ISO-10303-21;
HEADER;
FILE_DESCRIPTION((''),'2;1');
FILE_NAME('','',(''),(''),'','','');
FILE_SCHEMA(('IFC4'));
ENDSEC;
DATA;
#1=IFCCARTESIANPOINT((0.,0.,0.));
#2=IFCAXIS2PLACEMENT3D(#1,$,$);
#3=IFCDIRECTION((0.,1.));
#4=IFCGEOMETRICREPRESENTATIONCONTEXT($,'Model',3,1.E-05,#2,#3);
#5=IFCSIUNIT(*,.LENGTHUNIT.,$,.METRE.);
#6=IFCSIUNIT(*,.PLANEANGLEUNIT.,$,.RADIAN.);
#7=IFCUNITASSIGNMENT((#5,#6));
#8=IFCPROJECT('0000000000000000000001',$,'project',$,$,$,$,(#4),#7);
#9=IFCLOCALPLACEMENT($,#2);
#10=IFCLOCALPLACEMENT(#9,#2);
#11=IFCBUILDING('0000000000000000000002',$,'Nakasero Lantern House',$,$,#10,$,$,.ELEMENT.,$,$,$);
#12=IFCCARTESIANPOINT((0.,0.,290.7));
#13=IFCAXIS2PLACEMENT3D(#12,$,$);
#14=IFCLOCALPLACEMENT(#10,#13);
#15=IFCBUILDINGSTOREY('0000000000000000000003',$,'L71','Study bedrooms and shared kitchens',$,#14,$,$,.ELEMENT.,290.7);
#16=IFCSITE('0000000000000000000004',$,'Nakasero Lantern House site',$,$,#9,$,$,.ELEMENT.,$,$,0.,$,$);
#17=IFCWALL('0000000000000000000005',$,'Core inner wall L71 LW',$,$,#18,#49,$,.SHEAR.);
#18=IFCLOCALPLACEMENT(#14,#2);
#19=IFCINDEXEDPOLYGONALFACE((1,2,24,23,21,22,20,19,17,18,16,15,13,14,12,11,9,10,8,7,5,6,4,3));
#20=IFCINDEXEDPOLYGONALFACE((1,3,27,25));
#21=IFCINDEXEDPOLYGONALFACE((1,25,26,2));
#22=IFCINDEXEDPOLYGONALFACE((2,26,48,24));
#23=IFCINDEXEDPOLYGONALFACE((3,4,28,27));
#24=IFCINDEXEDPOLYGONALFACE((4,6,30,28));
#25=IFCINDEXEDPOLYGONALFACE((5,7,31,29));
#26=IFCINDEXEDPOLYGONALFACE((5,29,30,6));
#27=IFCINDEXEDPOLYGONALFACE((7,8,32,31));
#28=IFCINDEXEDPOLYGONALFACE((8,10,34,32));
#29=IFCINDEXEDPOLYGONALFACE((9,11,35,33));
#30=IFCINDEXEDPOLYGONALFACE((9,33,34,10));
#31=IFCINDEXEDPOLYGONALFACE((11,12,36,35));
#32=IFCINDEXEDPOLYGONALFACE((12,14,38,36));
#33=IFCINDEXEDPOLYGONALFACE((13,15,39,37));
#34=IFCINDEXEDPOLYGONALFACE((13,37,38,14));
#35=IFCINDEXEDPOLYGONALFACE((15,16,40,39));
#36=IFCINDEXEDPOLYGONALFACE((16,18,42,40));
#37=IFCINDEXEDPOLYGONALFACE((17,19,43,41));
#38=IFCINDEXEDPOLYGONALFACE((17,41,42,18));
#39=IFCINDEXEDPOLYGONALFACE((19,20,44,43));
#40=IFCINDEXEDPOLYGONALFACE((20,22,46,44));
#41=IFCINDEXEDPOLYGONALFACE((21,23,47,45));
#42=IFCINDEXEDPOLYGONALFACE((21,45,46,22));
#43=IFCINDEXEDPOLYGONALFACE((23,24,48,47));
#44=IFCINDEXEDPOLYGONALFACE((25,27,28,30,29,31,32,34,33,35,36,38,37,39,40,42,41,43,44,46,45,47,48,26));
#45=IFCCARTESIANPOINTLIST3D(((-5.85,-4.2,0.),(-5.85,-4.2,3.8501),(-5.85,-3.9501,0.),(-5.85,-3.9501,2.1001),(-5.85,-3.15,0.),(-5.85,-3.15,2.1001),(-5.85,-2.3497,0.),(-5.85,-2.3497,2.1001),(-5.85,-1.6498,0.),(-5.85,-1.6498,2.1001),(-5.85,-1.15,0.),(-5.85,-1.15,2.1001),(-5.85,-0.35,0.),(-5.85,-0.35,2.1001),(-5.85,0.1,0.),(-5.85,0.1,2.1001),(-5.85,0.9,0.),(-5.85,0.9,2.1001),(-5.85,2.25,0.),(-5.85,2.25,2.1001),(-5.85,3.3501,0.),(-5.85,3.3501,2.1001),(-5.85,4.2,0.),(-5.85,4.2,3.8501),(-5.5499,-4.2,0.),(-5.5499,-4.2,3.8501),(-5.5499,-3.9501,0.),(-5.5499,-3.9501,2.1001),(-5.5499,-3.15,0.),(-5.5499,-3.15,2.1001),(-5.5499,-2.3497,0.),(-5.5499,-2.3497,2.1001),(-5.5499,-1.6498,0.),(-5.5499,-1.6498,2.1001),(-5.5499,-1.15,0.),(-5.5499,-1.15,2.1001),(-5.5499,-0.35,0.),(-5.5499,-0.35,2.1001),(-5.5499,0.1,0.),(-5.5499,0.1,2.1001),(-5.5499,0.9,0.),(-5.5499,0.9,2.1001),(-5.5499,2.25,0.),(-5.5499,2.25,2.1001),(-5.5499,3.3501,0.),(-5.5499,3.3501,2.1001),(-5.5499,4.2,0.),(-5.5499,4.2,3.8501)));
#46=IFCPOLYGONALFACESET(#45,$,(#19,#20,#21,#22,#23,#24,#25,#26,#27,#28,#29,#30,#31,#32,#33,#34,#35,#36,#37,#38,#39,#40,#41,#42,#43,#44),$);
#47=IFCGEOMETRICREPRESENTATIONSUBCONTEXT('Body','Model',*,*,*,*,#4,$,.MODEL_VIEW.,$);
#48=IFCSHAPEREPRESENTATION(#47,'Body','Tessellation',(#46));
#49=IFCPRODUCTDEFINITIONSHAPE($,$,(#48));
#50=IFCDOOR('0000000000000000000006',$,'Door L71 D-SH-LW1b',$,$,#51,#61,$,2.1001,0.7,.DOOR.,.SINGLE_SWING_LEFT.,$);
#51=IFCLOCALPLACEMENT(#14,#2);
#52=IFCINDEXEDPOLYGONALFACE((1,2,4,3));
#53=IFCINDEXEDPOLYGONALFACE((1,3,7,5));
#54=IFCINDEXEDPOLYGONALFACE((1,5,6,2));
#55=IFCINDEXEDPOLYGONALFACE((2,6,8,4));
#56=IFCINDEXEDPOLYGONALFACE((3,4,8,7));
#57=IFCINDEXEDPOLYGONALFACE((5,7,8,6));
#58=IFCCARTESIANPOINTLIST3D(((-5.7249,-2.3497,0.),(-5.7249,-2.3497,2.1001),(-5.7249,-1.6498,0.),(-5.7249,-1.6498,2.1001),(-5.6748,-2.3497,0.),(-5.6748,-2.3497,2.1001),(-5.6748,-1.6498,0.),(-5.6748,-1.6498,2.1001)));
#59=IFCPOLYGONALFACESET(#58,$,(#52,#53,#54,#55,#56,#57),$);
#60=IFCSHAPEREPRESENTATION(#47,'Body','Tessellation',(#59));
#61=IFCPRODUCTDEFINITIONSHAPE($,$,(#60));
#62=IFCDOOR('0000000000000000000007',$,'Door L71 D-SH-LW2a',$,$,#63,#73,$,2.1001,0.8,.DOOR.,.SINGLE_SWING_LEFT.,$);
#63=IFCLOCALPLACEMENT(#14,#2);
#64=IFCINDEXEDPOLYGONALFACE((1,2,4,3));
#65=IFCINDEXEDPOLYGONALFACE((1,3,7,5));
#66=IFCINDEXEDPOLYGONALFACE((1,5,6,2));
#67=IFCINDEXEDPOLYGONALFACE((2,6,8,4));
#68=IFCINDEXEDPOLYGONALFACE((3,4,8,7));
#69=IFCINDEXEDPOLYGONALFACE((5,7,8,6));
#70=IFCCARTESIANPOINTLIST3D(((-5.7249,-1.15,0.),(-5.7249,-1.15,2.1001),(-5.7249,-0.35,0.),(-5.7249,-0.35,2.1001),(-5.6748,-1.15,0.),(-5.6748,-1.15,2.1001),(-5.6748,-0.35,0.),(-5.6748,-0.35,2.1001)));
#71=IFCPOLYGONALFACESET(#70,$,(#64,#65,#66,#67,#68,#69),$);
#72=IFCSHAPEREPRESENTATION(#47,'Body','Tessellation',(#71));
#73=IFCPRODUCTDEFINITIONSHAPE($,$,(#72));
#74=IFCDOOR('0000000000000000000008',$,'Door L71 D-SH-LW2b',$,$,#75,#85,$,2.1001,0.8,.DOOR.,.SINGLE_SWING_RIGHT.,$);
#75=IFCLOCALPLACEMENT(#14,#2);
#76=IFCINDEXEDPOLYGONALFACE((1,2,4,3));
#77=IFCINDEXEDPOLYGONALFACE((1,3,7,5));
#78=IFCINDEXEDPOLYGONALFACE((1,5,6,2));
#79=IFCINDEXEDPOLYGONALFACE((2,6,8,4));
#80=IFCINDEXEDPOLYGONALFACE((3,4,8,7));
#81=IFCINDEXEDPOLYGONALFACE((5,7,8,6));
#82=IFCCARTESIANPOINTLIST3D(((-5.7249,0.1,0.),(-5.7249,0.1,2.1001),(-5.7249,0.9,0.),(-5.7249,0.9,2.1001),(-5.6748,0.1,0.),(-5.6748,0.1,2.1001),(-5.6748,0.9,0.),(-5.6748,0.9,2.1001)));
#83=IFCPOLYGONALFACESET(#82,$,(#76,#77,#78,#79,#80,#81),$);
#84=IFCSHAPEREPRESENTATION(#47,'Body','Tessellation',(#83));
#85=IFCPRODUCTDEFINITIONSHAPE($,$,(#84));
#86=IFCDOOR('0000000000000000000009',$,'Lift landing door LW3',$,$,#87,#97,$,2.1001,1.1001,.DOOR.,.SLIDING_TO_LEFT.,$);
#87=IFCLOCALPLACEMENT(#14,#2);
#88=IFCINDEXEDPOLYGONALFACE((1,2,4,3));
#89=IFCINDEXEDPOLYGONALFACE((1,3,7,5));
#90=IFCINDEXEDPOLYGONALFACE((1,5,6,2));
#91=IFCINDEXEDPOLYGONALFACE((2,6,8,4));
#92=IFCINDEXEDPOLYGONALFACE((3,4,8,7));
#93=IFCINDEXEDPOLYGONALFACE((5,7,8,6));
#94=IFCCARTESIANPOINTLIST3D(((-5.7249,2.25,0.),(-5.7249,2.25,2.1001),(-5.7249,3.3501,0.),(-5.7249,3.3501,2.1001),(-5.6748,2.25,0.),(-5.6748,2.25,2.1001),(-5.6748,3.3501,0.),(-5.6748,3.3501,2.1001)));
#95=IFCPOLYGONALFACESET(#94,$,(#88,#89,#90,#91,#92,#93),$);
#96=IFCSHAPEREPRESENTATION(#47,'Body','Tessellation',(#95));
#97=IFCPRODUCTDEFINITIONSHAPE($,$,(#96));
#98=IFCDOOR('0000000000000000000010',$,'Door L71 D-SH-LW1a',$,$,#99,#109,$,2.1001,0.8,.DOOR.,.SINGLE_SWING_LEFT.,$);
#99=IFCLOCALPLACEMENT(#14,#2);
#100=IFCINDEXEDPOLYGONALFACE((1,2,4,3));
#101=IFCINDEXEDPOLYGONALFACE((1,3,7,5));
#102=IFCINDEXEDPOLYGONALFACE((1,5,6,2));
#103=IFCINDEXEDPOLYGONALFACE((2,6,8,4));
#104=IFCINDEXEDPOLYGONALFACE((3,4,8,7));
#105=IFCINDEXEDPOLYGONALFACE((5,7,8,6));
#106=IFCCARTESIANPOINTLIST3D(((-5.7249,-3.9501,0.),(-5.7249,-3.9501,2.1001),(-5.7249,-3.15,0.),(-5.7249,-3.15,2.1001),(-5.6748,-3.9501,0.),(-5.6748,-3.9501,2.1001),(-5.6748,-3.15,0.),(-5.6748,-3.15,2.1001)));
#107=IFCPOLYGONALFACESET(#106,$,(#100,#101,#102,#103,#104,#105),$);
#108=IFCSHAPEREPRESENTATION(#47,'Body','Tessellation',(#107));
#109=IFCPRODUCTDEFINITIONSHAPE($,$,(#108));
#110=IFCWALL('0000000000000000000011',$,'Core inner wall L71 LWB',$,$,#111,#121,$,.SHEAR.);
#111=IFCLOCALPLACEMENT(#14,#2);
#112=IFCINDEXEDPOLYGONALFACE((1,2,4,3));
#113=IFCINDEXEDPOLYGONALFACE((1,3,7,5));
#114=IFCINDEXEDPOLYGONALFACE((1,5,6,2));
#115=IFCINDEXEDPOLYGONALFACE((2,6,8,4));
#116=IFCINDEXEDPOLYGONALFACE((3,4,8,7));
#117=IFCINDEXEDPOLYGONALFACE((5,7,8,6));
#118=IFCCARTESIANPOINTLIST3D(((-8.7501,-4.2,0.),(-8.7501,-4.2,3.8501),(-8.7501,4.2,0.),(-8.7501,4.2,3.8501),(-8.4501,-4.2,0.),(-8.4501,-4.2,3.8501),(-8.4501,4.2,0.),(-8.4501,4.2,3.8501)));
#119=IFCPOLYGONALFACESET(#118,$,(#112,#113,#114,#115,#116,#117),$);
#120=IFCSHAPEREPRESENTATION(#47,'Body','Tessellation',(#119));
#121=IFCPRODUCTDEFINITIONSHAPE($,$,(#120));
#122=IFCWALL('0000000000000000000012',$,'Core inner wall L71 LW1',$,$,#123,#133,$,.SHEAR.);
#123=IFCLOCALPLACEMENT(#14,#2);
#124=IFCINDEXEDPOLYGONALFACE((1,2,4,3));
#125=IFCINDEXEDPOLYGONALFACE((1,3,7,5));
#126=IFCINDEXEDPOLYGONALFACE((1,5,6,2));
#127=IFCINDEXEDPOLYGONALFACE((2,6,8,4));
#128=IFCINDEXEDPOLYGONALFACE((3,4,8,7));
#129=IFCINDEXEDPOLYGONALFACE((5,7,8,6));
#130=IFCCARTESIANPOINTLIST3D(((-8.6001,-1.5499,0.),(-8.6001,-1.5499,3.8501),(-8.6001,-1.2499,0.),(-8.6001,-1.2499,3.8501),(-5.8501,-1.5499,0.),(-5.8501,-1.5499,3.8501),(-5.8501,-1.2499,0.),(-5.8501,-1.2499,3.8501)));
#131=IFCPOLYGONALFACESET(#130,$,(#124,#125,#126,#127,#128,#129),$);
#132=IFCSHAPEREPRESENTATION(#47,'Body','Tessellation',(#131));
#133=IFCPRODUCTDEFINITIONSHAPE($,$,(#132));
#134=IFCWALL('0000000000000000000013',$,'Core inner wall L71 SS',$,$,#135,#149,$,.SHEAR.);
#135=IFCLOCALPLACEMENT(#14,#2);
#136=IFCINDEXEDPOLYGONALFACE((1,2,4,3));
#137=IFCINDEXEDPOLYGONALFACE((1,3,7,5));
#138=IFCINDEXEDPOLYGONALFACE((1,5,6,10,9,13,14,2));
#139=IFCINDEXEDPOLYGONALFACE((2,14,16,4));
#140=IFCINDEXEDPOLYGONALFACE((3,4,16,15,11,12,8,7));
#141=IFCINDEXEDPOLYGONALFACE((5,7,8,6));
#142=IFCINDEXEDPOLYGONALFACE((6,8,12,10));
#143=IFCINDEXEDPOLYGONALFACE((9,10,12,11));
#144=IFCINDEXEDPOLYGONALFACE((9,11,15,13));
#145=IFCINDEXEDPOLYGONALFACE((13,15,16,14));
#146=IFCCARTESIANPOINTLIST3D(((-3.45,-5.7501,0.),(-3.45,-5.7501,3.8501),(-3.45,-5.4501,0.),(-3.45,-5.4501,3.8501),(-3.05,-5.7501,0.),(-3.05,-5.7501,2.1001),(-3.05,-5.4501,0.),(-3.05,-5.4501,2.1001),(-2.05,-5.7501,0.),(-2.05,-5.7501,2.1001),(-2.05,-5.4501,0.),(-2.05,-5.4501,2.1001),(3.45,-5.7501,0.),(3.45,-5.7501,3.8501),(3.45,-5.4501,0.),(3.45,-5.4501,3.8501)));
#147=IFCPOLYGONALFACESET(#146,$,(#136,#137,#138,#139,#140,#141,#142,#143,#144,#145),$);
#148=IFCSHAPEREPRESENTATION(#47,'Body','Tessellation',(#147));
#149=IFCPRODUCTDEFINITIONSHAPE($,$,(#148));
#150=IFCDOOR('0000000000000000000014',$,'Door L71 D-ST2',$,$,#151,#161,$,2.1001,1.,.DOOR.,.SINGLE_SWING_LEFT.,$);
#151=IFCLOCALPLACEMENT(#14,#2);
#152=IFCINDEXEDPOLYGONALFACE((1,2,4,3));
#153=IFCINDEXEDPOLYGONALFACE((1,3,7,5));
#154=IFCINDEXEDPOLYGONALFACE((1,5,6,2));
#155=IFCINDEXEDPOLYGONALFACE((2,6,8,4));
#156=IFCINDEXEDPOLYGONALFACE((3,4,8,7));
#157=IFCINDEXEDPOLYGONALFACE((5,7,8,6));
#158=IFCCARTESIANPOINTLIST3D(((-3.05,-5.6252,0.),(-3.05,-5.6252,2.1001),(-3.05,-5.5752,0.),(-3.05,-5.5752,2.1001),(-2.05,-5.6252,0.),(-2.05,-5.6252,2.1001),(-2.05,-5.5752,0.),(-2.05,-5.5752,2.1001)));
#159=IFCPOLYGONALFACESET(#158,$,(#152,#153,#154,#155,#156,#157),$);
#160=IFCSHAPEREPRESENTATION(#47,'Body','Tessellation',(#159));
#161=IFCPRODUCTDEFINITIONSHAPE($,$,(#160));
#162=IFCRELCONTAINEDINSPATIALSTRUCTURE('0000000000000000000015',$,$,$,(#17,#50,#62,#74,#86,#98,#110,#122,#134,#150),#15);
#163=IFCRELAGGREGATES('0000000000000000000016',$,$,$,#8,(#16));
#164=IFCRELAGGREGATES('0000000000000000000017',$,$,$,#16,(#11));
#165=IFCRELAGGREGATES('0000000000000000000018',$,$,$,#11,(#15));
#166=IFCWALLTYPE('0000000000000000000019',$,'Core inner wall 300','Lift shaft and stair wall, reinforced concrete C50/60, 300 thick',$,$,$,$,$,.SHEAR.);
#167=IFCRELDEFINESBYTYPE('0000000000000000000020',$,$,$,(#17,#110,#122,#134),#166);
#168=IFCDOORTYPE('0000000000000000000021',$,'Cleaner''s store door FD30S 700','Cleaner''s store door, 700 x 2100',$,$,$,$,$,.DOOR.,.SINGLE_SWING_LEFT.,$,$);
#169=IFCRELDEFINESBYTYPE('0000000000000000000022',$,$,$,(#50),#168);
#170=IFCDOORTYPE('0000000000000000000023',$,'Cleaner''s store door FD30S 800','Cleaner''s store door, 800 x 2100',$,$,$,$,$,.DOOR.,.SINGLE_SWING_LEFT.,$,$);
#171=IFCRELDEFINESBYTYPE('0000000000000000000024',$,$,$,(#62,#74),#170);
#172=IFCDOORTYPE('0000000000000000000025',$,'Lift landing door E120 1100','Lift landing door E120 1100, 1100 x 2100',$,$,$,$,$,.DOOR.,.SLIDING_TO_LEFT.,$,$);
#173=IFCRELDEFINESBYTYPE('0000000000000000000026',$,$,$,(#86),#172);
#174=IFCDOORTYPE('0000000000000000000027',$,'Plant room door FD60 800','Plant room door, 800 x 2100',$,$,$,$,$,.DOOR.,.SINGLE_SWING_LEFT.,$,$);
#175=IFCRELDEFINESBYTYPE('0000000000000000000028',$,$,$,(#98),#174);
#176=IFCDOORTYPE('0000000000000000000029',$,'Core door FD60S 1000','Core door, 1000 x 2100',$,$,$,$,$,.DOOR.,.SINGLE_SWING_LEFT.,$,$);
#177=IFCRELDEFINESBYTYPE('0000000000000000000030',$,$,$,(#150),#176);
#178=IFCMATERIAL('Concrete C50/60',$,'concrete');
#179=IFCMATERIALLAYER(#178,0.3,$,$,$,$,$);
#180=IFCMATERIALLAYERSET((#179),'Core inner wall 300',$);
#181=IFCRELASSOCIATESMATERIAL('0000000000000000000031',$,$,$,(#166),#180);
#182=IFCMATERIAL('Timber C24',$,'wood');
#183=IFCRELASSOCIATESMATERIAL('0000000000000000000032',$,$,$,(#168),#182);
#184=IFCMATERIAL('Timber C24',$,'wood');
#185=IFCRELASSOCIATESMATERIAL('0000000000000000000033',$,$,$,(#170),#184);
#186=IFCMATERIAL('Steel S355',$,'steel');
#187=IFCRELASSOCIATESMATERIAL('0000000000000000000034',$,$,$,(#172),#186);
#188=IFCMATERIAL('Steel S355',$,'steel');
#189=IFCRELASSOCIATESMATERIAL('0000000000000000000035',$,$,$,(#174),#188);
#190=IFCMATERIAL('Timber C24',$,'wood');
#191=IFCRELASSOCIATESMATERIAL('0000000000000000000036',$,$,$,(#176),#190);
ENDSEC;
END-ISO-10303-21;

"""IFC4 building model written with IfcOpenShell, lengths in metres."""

from ifc_helpers import new_model, si_unit, direction, frame, frame_2d, origin, place, context, subcontext, project, spatial, rectangle, extrude, material, layer, layer_set, type_object, element, fill, save


model = new_model("IFC4")

# Units and contexts
model_context = context("Model", 3, precision=1e-05, world=origin(), true_north=direction((0.0, 1.0)))
body_context = subcontext(model_context, "Body", "Model", "MODEL_VIEW")
ifc_project = project(units=[si_unit("LENGTHUNIT", "METRE"), si_unit("PLANEANGLEUNIT", "RADIAN")], contexts=[model_context])

# Site, building, storey
site_placement = place(None, origin())
site = spatial("IfcSite", under=ifc_project, at=site_placement, Name="Nakasero Lantern House site", CompositionType="ELEMENT", RefElevation=0.0)
building_placement = place(site_placement, origin())
building = spatial("IfcBuilding", under=site, at=building_placement, Name="Nakasero Lantern House", CompositionType="ELEMENT")
storey_placement = place(building_placement, frame((0.0, 0.0, 290.7)))
storey = spatial("IfcBuildingStorey", under=building, at=storey_placement, Name="L71", Description="Study bedrooms and shared kitchens", CompositionType="ELEMENT", Elevation=290.7)

# Wall, openings, doors
ifc_material_1 = material(Name="Concrete C50/60", Category="concrete")
ifc_layer_1 = layer(ifc_material_1, 0.3)
ifc_layer_set_1 = layer_set([ifc_layer_1], Name="Core inner wall 300")
wall_type_1 = type_object("IfcWallType", Name="Core inner wall 300", Description="Lift shaft and stair wall, reinforced concrete C50/60, 300 thick", PredefinedType="SHEAR", material=ifc_layer_set_1)
wall_1_placement = place(storey_placement, frame((-5.7, -4.2, 0.0), z_axis=(0.0, 0.0, 1.0), x_axis=(0.0, 1.0, 0.0)))
wall_1 = element("IfcWall", 1, at=wall_1_placement, inside=storey, type_object=wall_type_1, Name="Core inner wall L71 LW", PredefinedType="SHEAR", context=body_context, shape_type="SweptSolid", body=[
    extrude(rectangle(XDim=8.3999, YDim=0.3, at=frame_2d((4.2, 0.0))), origin(), (0.0, 0.0, 1.0), 3.8501),
])
opening_1_placement = place(wall_1_placement, frame((0.25, 0.0, 0.0)))
opening_1 = element("IfcOpeningElement", 2, at=opening_1_placement, cuts=wall_1, PredefinedType="OPENING", context=body_context, shape_type="SweptSolid", body=[
    extrude(rectangle(XDim=0.8, YDim=2.1001, at=frame_2d((0.3999, 1.05))), frame((0.0, 0.1699, 0.0), z_axis=(0.0, -1.0, 0.0), x_axis=(1.0, 0.0, 0.0)), (0.0, 0.0, 1.0), 0.3401),
])
opening_2_placement = place(wall_1_placement, frame((1.8501, 0.0, 0.0)))
opening_2 = element("IfcOpeningElement", 3, at=opening_2_placement, cuts=wall_1, PredefinedType="OPENING", context=body_context, shape_type="SweptSolid", body=[
    extrude(rectangle(XDim=0.7, YDim=2.1001, at=frame_2d((0.3501, 1.05))), frame((0.0, 0.1699, 0.0), z_axis=(0.0, -1.0, 0.0), x_axis=(1.0, 0.0, 0.0)), (0.0, 0.0, 1.0), 0.3401),
])
opening_3_placement = place(wall_1_placement, frame((3.05, 0.0, 0.0)))
opening_3 = element("IfcOpeningElement", 4, at=opening_3_placement, cuts=wall_1, PredefinedType="OPENING", context=body_context, shape_type="SweptSolid", body=[
    extrude(rectangle(XDim=0.8, YDim=2.1001, at=frame_2d((0.3999, 1.05))), frame((0.0, 0.1699, 0.0), z_axis=(0.0, -1.0, 0.0), x_axis=(1.0, 0.0, 0.0)), (0.0, 0.0, 1.0), 0.3401),
])
opening_4_placement = place(wall_1_placement, frame((4.3, 0.0, 0.0)))
opening_4 = element("IfcOpeningElement", 5, at=opening_4_placement, cuts=wall_1, PredefinedType="OPENING", context=body_context, shape_type="SweptSolid", body=[
    extrude(rectangle(XDim=0.8, YDim=2.1001, at=frame_2d((0.3999, 1.05))), frame((0.0, 0.1699, 0.0), z_axis=(0.0, -1.0, 0.0), x_axis=(1.0, 0.0, 0.0)), (0.0, 0.0, 1.0), 0.3401),
])
opening_5_placement = place(wall_1_placement, frame((6.45, 0.0, 0.0)))
opening_5 = element("IfcOpeningElement", 6, at=opening_5_placement, cuts=wall_1, PredefinedType="OPENING", context=body_context, shape_type="SweptSolid", body=[
    extrude(rectangle(XDim=1.1001, YDim=2.1001, at=frame_2d((0.55, 1.05))), frame((0.0, 0.1699, 0.0), z_axis=(0.0, -1.0, 0.0), x_axis=(1.0, 0.0, 0.0)), (0.0, 0.0, 1.0), 0.3401),
])
ifc_material_2 = material(Name="Timber C24", Category="wood")
door_type_1 = type_object("IfcDoorType", Name="Cleaner's store door FD30S 700", Description="Cleaner's store door, 700 x 2100", OperationType="SINGLE_SWING_LEFT", PredefinedType="DOOR", material=ifc_material_2)
door_1_placement = place(opening_2_placement, origin())
door_1 = element("IfcDoor", 7, at=door_1_placement, inside=storey, type_object=door_type_1, Name="Door L71 D-SH-LW1b", OperationType="SINGLE_SWING_LEFT", OverallHeight=2.1001, OverallWidth=0.7, PredefinedType="DOOR", context=body_context, shape_type="SweptSolid", body=[
    extrude(rectangle(XDim=0.7, YDim=2.1001, at=frame_2d((0.3501, 1.05))), frame((0.0, 0.0249, 0.0), z_axis=(0.0, -1.0, 0.0), x_axis=(1.0, 0.0, 0.0)), (0.0, 0.0, 1.0), 0.05),
])
fill(opening_2, door_1)
ifc_material_3 = material(Name="Timber C24", Category="wood")
door_type_2 = type_object("IfcDoorType", Name="Cleaner's store door FD30S 800", Description="Cleaner's store door, 800 x 2100", OperationType="SINGLE_SWING_LEFT", PredefinedType="DOOR", material=ifc_material_3)
door_2_placement = place(opening_3_placement, origin())
door_2 = element("IfcDoor", 8, at=door_2_placement, inside=storey, type_object=door_type_2, Name="Door L71 D-SH-LW2a", OperationType="SINGLE_SWING_LEFT", OverallHeight=2.1001, OverallWidth=0.8, PredefinedType="DOOR", context=body_context, shape_type="SweptSolid", body=[
    extrude(rectangle(XDim=0.8, YDim=2.1001, at=frame_2d((0.3999, 1.05))), frame((0.0, 0.0249, 0.0), z_axis=(0.0, -1.0, 0.0), x_axis=(1.0, 0.0, 0.0)), (0.0, 0.0, 1.0), 0.05),
])
fill(opening_3, door_2)
door_3_placement = place(opening_4_placement, origin())
door_3 = element("IfcDoor", 9, at=door_3_placement, inside=storey, type_object=door_type_2, Name="Door L71 D-SH-LW2b", OperationType="SINGLE_SWING_RIGHT", OverallHeight=2.1001, OverallWidth=0.8, PredefinedType="DOOR", context=body_context, shape_type="SweptSolid", body=[
    extrude(rectangle(XDim=0.8, YDim=2.1001, at=frame_2d((0.3999, 1.05))), frame((0.0, 0.0249, 0.0), z_axis=(0.0, -1.0, 0.0), x_axis=(1.0, 0.0, 0.0)), (0.0, 0.0, 1.0), 0.05),
])
fill(opening_4, door_3)
ifc_material_4 = material(Name="Steel S355", Category="steel")
door_type_3 = type_object("IfcDoorType", Name="Lift landing door E120 1100", Description="Lift landing door E120 1100, 1100 x 2100", OperationType="SLIDING_TO_LEFT", PredefinedType="DOOR", material=ifc_material_4)
door_4_placement = place(opening_5_placement, origin())
door_4 = element("IfcDoor", 10, at=door_4_placement, inside=storey, type_object=door_type_3, Name="Lift landing door LW3", OperationType="SLIDING_TO_LEFT", OverallHeight=2.1001, OverallWidth=1.1001, PredefinedType="DOOR", context=body_context, shape_type="SweptSolid", body=[
    extrude(rectangle(XDim=1.1001, YDim=2.1001, at=frame_2d((0.55, 1.05))), frame((0.0, 0.0249, 0.0), z_axis=(0.0, -1.0, 0.0), x_axis=(1.0, 0.0, 0.0)), (0.0, 0.0, 1.0), 0.05),
])
fill(opening_5, door_4)
ifc_material_5 = material(Name="Steel S355", Category="steel")
door_type_4 = type_object("IfcDoorType", Name="Plant room door FD60 800", Description="Plant room door, 800 x 2100", OperationType="SINGLE_SWING_LEFT", PredefinedType="DOOR", material=ifc_material_5)
door_5_placement = place(opening_1_placement, origin())
door_5 = element("IfcDoor", 11, at=door_5_placement, inside=storey, type_object=door_type_4, Name="Door L71 D-SH-LW1a", OperationType="SINGLE_SWING_LEFT", OverallHeight=2.1001, OverallWidth=0.8, PredefinedType="DOOR", context=body_context, shape_type="SweptSolid", body=[
    extrude(rectangle(XDim=0.8, YDim=2.1001, at=frame_2d((0.3999, 1.05))), frame((0.0, 0.0249, 0.0), z_axis=(0.0, -1.0, 0.0), x_axis=(1.0, 0.0, 0.0)), (0.0, 0.0, 1.0), 0.05),
])
fill(opening_1, door_5)

# Walls
wall_2_placement = place(storey_placement, frame((-8.6001, -4.2, 0.0), z_axis=(0.0, 0.0, 1.0), x_axis=(0.0, 1.0, 0.0)))
element("IfcWall", 12, at=wall_2_placement, inside=storey, type_object=wall_type_1, Name="Core inner wall L71 LWB", PredefinedType="SHEAR", context=body_context, shape_type="SweptSolid", body=[
    extrude(rectangle(XDim=8.3999, YDim=0.3, at=frame_2d((4.2, 0.0))), origin(), (0.0, 0.0, 1.0), 3.8501),
])
wall_3_placement = place(storey_placement, frame((-8.6001, -1.3999, 0.0), z_axis=(0.0, 0.0, 1.0), x_axis=(1.0, 0.0, 0.0)))
element("IfcWall", 13, at=wall_3_placement, inside=storey, type_object=wall_type_1, Name="Core inner wall L71 LW1", PredefinedType="SHEAR", context=body_context, shape_type="SweptSolid", body=[
    extrude(rectangle(XDim=2.75, YDim=0.3, at=frame_2d((1.375, 0.0))), origin(), (0.0, 0.0, 1.0), 3.8501),
])

# Wall, opening, door
wall_4_placement = place(storey_placement, frame((-3.45, -5.6001, 0.0), z_axis=(0.0, 0.0, 1.0), x_axis=(1.0, 0.0, 0.0)))
wall_4 = element("IfcWall", 14, at=wall_4_placement, inside=storey, type_object=wall_type_1, Name="Core inner wall L71 SS", PredefinedType="SHEAR", context=body_context, shape_type="SweptSolid", body=[
    extrude(rectangle(XDim=6.8999, YDim=0.3, at=frame_2d((3.45, 0.0))), origin(), (0.0, 0.0, 1.0), 3.8501),
])
opening_6_placement = place(wall_4_placement, frame((0.3999, 0.0, 0.0)))
opening_6 = element("IfcOpeningElement", 15, at=opening_6_placement, cuts=wall_4, PredefinedType="OPENING", context=body_context, shape_type="SweptSolid", body=[
    extrude(rectangle(XDim=1.0, YDim=2.1001, at=frame_2d((0.5, 1.05))), frame((0.0, 0.1699, 0.0), z_axis=(0.0, -1.0, 0.0), x_axis=(1.0, 0.0, 0.0)), (0.0, 0.0, 1.0), 0.3401),
])
ifc_material_6 = material(Name="Timber C24", Category="wood")
door_type_5 = type_object("IfcDoorType", Name="Core door FD60S 1000", Description="Core door, 1000 x 2100", OperationType="SINGLE_SWING_LEFT", PredefinedType="DOOR", material=ifc_material_6)
door_6_placement = place(opening_6_placement, origin())
door_6 = element("IfcDoor", 16, at=door_6_placement, inside=storey, type_object=door_type_5, Name="Door L71 D-ST2", OperationType="SINGLE_SWING_LEFT", OverallHeight=2.1001, OverallWidth=1.0, PredefinedType="DOOR", context=body_context, shape_type="SweptSolid", body=[
    extrude(rectangle(XDim=1.0, YDim=2.1001, at=frame_2d((0.5, 1.05))), frame((0.0, 0.0249, 0.0), z_axis=(0.0, -1.0, 0.0), x_axis=(1.0, 0.0, 0.0)), (0.0, 0.0, 1.0), 0.05),
])
fill(opening_6, door_6)

save(model, "model.ifc")
